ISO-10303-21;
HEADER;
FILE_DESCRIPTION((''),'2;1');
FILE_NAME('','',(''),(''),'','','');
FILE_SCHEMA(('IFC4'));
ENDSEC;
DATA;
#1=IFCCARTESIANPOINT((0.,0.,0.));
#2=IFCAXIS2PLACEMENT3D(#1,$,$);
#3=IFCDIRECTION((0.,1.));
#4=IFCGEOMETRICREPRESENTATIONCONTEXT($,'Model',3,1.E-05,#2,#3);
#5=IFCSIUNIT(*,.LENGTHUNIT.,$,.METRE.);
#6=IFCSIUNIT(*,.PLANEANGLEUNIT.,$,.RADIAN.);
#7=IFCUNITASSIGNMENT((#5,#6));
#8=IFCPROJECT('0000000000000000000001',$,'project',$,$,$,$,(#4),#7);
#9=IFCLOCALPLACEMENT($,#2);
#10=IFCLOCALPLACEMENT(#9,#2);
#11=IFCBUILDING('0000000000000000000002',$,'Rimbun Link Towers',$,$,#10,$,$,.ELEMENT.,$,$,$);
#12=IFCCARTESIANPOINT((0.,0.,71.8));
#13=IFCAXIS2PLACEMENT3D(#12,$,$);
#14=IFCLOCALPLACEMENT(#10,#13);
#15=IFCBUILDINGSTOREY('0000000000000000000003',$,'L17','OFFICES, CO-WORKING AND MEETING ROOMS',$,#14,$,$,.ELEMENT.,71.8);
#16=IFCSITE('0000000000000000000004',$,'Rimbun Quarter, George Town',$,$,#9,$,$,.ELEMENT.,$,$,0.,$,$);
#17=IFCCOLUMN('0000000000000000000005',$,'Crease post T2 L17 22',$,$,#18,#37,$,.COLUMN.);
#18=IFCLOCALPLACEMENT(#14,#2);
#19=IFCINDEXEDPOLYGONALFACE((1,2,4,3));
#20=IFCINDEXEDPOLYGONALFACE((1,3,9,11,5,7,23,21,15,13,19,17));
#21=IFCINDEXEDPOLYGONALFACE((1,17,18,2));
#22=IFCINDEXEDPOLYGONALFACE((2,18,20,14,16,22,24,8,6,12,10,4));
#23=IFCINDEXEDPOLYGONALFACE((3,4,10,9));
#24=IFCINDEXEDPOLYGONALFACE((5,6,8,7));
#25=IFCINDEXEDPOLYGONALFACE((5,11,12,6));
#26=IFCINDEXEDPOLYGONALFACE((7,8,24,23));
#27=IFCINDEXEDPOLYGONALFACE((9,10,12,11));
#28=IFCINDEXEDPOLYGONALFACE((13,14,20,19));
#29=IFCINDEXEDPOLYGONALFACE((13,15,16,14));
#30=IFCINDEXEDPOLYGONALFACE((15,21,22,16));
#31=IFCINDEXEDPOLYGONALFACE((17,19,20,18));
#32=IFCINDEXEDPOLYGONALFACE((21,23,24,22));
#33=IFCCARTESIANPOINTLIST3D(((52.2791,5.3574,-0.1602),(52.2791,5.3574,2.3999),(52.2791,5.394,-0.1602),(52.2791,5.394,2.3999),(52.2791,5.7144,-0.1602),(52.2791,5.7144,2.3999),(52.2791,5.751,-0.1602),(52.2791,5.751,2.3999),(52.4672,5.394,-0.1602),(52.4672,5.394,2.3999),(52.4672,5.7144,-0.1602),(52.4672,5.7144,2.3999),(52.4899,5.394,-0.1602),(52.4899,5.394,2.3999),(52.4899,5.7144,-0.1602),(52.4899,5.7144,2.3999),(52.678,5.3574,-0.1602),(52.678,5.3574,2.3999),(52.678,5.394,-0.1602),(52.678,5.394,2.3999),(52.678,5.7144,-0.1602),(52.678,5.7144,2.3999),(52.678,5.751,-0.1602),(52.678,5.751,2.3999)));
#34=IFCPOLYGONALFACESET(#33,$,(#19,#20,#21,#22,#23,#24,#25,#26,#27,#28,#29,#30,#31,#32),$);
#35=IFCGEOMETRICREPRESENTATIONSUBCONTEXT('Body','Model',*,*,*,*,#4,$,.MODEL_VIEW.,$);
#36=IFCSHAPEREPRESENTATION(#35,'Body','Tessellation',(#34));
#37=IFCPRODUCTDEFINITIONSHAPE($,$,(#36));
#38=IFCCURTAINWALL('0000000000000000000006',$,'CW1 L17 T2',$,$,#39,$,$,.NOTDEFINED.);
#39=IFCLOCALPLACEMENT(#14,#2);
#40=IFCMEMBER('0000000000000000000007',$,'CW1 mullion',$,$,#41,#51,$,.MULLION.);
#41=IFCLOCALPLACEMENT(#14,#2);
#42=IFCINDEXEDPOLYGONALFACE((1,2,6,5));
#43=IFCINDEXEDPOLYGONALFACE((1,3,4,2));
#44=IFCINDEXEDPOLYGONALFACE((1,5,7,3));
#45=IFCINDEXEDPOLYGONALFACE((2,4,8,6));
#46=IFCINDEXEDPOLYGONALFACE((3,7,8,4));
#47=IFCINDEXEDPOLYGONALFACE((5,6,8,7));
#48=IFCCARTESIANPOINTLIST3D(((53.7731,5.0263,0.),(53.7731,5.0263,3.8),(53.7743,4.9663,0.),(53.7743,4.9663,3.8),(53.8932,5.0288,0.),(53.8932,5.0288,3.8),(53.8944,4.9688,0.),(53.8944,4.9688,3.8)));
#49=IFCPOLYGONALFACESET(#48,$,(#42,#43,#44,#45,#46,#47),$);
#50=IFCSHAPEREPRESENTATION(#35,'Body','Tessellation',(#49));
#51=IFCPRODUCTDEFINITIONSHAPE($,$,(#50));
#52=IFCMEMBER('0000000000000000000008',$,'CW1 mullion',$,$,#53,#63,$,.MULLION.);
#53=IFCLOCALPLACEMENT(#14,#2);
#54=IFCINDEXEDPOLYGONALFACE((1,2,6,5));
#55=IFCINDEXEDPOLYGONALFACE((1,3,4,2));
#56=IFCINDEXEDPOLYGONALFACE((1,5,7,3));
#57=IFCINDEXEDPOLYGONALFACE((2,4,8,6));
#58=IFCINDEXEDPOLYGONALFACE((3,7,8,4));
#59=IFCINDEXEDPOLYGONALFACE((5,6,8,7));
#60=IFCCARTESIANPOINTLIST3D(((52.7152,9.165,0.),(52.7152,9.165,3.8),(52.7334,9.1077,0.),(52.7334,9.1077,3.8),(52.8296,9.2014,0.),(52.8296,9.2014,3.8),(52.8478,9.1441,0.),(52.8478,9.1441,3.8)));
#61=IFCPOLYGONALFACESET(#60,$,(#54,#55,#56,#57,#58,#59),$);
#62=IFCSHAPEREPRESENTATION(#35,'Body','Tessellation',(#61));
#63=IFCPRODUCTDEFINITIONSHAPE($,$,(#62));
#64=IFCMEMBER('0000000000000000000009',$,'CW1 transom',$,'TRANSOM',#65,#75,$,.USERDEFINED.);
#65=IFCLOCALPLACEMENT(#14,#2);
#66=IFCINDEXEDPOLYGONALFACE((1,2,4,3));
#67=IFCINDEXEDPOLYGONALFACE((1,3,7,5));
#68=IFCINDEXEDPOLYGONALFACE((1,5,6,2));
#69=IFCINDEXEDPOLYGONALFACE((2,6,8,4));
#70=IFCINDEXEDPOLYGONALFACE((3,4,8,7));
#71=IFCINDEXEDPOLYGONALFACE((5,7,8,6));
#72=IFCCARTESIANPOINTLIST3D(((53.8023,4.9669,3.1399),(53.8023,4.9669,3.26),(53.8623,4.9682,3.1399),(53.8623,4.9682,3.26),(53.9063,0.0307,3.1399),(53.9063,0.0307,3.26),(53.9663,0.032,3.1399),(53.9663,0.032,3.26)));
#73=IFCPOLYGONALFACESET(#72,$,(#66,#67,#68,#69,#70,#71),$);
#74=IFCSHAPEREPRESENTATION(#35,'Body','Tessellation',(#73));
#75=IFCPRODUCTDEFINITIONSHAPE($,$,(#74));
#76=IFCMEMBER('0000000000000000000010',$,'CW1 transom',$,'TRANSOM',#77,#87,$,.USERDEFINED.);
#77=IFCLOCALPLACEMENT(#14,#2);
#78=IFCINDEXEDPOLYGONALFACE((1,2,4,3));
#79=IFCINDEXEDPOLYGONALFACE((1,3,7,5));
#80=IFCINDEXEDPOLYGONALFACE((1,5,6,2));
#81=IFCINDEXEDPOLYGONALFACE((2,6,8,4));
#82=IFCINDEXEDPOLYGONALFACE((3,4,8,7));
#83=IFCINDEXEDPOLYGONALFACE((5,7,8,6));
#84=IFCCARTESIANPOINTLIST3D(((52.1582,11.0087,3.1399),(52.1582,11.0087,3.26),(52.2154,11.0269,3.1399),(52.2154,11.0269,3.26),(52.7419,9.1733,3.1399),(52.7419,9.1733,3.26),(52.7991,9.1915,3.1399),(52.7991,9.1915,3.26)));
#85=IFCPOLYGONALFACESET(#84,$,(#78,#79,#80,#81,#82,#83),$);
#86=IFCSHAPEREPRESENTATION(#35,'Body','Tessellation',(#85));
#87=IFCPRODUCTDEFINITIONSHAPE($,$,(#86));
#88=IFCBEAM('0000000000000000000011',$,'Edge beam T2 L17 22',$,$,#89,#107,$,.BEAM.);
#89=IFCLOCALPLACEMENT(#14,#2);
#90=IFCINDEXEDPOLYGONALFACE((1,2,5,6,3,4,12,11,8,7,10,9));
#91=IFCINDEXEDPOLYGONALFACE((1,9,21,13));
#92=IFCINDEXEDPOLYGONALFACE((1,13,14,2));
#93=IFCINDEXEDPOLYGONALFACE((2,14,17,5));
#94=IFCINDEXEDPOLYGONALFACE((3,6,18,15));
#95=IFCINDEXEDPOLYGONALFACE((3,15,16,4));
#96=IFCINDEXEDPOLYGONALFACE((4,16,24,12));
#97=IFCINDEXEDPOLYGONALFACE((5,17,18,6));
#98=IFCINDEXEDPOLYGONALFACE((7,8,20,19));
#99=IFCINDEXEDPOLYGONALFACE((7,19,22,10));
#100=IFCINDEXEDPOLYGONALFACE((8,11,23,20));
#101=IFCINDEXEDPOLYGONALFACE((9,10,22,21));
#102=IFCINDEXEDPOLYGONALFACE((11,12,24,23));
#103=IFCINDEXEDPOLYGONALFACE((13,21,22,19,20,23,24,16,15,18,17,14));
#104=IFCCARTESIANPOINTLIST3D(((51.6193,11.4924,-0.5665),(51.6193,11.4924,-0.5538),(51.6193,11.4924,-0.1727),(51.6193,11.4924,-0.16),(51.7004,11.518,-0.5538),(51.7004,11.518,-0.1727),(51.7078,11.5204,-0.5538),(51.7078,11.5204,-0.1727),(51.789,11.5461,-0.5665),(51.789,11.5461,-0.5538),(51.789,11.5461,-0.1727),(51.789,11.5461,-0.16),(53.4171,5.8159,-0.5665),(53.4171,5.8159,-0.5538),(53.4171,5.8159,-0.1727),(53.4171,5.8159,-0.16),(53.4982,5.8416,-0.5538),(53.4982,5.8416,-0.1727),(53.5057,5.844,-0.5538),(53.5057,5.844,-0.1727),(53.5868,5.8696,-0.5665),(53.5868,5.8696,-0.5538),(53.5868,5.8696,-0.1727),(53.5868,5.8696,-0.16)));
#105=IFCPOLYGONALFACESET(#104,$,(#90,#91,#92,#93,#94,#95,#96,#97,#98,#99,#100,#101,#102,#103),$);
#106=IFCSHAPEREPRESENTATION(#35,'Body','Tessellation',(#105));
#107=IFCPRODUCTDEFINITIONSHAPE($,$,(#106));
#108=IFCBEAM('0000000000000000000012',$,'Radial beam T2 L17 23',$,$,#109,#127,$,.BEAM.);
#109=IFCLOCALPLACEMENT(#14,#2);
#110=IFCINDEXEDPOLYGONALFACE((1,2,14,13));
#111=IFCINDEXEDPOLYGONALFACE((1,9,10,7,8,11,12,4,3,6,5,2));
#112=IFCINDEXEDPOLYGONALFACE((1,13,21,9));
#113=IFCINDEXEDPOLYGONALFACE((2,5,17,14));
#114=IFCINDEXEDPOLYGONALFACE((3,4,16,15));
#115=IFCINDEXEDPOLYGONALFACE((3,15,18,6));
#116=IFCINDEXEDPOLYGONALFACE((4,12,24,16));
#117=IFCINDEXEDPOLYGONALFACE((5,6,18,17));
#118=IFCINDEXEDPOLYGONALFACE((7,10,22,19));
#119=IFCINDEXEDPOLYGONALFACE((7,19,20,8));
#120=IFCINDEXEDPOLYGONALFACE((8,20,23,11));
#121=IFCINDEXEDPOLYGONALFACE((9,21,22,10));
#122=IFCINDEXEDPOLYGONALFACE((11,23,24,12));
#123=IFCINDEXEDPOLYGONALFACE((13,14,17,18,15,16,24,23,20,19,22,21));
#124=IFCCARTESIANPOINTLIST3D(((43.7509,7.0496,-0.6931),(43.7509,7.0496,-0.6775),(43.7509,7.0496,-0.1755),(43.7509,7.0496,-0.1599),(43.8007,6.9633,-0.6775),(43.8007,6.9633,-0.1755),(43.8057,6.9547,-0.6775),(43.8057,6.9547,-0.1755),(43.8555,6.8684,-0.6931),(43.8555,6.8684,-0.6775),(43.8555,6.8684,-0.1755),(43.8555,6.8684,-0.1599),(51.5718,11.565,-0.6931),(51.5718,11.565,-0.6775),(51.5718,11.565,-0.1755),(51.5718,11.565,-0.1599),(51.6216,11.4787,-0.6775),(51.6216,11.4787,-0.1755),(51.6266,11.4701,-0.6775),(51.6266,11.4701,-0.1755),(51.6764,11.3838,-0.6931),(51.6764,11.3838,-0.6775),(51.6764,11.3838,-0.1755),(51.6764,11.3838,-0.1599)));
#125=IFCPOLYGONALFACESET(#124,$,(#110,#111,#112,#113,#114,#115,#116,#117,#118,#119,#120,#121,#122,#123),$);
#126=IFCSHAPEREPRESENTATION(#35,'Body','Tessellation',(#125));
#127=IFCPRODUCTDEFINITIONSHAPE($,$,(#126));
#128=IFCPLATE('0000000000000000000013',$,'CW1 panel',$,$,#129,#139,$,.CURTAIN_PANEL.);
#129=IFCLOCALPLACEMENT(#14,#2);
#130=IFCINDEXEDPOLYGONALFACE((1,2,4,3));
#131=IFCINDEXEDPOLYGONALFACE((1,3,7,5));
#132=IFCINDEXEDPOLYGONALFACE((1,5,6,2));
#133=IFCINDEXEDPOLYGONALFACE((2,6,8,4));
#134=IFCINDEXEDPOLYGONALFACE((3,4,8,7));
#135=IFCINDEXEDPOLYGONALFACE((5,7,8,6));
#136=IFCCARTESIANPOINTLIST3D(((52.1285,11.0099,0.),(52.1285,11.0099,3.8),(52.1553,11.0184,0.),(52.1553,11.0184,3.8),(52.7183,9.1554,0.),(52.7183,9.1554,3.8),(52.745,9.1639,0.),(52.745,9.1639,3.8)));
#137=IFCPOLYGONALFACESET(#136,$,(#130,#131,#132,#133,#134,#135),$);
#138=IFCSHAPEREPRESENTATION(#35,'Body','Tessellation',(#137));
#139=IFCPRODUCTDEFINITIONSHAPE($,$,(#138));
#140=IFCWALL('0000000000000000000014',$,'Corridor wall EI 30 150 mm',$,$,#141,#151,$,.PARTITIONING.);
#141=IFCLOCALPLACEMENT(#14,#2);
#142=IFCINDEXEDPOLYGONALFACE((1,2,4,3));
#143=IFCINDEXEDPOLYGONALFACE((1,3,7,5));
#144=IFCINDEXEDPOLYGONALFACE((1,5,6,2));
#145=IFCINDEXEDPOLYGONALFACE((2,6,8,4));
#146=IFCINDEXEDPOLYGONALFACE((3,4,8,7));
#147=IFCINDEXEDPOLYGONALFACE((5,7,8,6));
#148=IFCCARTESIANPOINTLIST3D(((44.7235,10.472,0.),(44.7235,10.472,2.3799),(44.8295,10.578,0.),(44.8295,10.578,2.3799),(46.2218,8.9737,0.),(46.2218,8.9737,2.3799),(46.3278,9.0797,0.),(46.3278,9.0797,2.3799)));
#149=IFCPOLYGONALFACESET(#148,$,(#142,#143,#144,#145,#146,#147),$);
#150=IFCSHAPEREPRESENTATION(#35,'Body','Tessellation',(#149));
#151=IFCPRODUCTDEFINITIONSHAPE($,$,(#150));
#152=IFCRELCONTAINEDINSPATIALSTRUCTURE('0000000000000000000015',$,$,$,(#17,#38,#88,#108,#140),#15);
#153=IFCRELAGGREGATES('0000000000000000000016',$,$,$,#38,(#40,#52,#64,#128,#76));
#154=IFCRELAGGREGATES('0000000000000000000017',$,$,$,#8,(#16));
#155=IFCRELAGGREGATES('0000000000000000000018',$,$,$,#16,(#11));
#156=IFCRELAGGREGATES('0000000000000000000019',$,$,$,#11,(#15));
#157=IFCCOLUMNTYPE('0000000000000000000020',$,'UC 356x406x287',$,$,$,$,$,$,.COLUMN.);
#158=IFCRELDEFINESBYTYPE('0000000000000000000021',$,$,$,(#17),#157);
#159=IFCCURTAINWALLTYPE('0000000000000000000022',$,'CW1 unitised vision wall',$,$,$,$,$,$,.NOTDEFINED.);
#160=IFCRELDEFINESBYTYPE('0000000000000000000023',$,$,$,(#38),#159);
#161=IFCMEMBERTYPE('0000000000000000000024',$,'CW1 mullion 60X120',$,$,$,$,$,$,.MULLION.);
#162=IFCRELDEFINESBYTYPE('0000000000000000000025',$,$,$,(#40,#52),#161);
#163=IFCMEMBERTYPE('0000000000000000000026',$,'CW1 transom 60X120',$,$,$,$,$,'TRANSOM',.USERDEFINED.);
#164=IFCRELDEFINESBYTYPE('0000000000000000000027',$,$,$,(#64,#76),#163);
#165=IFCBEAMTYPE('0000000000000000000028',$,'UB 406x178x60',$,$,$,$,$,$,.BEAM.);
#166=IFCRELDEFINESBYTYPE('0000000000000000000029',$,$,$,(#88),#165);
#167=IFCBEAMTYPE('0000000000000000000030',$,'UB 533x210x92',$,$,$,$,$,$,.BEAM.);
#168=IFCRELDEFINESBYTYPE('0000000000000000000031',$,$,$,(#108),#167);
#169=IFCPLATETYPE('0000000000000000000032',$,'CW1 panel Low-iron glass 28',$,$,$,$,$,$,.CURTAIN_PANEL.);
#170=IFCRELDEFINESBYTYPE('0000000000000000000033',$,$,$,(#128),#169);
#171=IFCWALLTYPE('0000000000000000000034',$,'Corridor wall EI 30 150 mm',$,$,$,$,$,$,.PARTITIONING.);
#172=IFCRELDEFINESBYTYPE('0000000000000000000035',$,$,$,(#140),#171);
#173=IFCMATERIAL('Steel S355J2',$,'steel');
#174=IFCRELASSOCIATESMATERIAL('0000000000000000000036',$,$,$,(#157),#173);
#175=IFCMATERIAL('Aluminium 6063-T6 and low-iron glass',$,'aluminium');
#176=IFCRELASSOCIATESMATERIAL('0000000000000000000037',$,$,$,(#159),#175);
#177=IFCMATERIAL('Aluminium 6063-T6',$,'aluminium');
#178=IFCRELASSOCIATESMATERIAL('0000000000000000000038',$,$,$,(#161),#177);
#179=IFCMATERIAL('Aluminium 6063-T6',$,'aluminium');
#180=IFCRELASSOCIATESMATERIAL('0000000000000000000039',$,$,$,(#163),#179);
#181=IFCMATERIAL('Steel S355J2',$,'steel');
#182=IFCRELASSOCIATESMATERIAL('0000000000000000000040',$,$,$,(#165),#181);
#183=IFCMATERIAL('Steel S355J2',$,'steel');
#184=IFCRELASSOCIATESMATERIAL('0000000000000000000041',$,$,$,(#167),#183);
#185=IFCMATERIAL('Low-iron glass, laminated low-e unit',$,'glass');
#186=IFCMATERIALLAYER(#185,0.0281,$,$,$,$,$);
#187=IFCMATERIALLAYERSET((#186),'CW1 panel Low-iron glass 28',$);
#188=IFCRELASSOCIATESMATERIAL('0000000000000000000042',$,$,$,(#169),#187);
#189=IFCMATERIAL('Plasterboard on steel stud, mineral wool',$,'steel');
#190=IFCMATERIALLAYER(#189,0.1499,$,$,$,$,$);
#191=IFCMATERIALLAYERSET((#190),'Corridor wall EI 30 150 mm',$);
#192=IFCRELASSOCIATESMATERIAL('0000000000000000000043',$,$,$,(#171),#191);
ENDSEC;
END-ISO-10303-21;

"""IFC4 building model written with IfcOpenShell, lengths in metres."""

from ifc_helpers import new_model, si_unit, direction, frame, frame_2d, origin, origin_2d, place, context, subcontext, project, spatial, rectangle, i_section, extrude, material, layer, layer_set, material_profile, profile_set, type_object, element, aggregate, save


model = new_model("IFC4")

# Units and contexts
model_context = context("Model", 3, precision=1e-05, world=origin(), true_north=direction((0.0, 1.0)))
body_context = subcontext(model_context, "Body", "Model", "MODEL_VIEW")
ifc_project = project(units=[si_unit("LENGTHUNIT", "METRE"), si_unit("PLANEANGLEUNIT", "RADIAN")], contexts=[model_context])

# Site, building, storey
site_placement = place(None, origin())
site = spatial("IfcSite", under=ifc_project, at=site_placement, Name="Rimbun Quarter, George Town", CompositionType="ELEMENT", RefElevation=0.0)
building_placement = place(site_placement, origin())
building = spatial("IfcBuilding", under=site, at=building_placement, Name="Rimbun Link Towers", CompositionType="ELEMENT")
storey_placement = place(building_placement, frame((0.0, 0.0, 71.8)))
storey = spatial("IfcBuildingStorey", under=building, at=storey_placement, Name="L17", Description="OFFICES, CO-WORKING AND MEETING ROOMS", CompositionType="ELEMENT", Elevation=71.8)

# Column
ifc_material_1 = material(Name="Steel S355J2", Category="steel")
ifc_material_profile_1 = material_profile(ifc_material_1, i_section(OverallWidth=0.3989, OverallDepth=0.3936, WebThickness=0.0227, FlangeThickness=0.0366, at=origin_2d()), Name="UC 356x406x287")
ifc_profile_set_1 = profile_set([ifc_material_profile_1], Name="Steel S355J2")
column_type = type_object("IfcColumnType", Name="UC 356x406x287", PredefinedType="COLUMN", material=ifc_profile_set_1)
column_placement = place(storey_placement, frame((52.4785, 5.5542, -0.1602), z_axis=(0.0, 0.0, 1.0), x_axis=(1.0, 0.0, 0.0)))
element("IfcColumn", 1, at=column_placement, inside=storey, type_object=column_type, Name="Crease post T2 L17 22", PredefinedType="COLUMN", context=body_context, shape_type="SweptSolid", body=[
    extrude(i_section(OverallWidth=0.3989, OverallDepth=0.3936, WebThickness=0.0227, FlangeThickness=0.0366, at=origin_2d()), origin(), (0.0, 0.0, 1.0), 2.5601),
])

# Curtain wall, members
ifc_material_2 = material(Name="Aluminium 6063-T6 and low-iron glass", Category="aluminium")
curtain_wall_type = type_object("IfcCurtainWallType", Name="CW1 unitised vision wall", PredefinedType="NOTDEFINED", material=ifc_material_2)
curtain_wall_placement = place(storey_placement, origin())
curtain_wall = element("IfcCurtainWall", 2, at=curtain_wall_placement, inside=storey, type_object=curtain_wall_type, Name="CW1 L17 T2", PredefinedType="NOTDEFINED")
ifc_material_3 = material(Name="Aluminium 6063-T6", Category="aluminium")
ifc_material_profile_2 = material_profile(ifc_material_3, rectangle(XDim=0.1201, YDim=0.0601, at=origin_2d()), Name="MULLION 60X120")
ifc_profile_set_2 = profile_set([ifc_material_profile_2], Name="Aluminium 6063-T6")
member_type_1 = type_object("IfcMemberType", Name="CW1 mullion 60X120", PredefinedType="MULLION", material=ifc_profile_set_2)
member_1_placement = place(storey_placement, frame((53.8337, 4.9976, 0.0), z_axis=(0.0, 0.0, 1.0), x_axis=(0.999778, 0.02106, 0.0)))
member_1 = element("IfcMember", 3, at=member_1_placement, type_object=member_type_1, Name="CW1 mullion", PredefinedType="MULLION", context=body_context, shape_type="SweptSolid", body=[
    extrude(rectangle(XDim=0.1201, YDim=0.0601, at=origin_2d()), origin(), (0.0, 0.0, 1.0), 3.8),
])
member_2_placement = place(storey_placement, frame((52.7815, 9.1545, 0.0), z_axis=(0.0, 0.0, 1.0), x_axis=(0.95297, 0.303066, 0.0)))
member_2 = element("IfcMember", 4, at=member_2_placement, type_object=member_type_1, Name="CW1 mullion", PredefinedType="MULLION", context=body_context, shape_type="SweptSolid", body=[
    extrude(rectangle(XDim=0.1201, YDim=0.0601, at=origin_2d()), origin(), (0.0, 0.0, 1.0), 3.8),
])
ifc_material_4 = material(Name="Aluminium 6063-T6", Category="aluminium")
ifc_material_profile_3 = material_profile(ifc_material_4, rectangle(XDim=0.0601, YDim=0.1201, at=origin_2d()), Name="TRANSOM 60X120")
ifc_profile_set_3 = profile_set([ifc_material_profile_3], Name="Aluminium 6063-T6")
member_type_2 = type_object("IfcMemberType", Name="CW1 transom 60X120", ElementType="TRANSOM", PredefinedType="USERDEFINED", material=ifc_profile_set_3)
member_3_placement = place(storey_placement, frame((53.8323, 4.9675, 3.2), z_axis=(0.021065, -0.999778, 0.0), x_axis=(0.999778, 0.021065, 0.0)))
member_3 = element("IfcMember", 5, at=member_3_placement, type_object=member_type_2, Name="CW1 transom", ObjectType="TRANSOM", PredefinedType="USERDEFINED", context=body_context, shape_type="SweptSolid", body=[
    extrude(rectangle(XDim=0.0601, YDim=0.1201, at=origin_2d()), origin(), (0.0, 0.0, 1.0), 4.9373),
])
member_4_placement = place(storey_placement, frame((52.1868, 11.0178, 3.2), z_axis=(0.303078, -0.952966, 0.0), x_axis=(0.952966, 0.303078, 0.0)))
member_4 = element("IfcMember", 6, at=member_4_placement, type_object=member_type_2, Name="CW1 transom", ObjectType="TRANSOM", PredefinedType="USERDEFINED", context=body_context, shape_type="SweptSolid", body=[
    extrude(rectangle(XDim=0.0601, YDim=0.1201, at=origin_2d()), origin(), (0.0, 0.0, 1.0), 1.926),
])

# Beams
ifc_material_5 = material(Name="Steel S355J2", Category="steel")
ifc_material_profile_4 = material_profile(ifc_material_5, i_section(OverallWidth=0.178, OverallDepth=0.4065, WebThickness=0.0078, FlangeThickness=0.0127, at=origin_2d()), Name="UB 406x178x60")
ifc_profile_set_4 = profile_set([ifc_material_profile_4], Name="Steel S355J2")
beam_type_1 = type_object("IfcBeamType", Name="UB 406x178x60", PredefinedType="BEAM", material=ifc_profile_set_4)
beam_1_placement = place(storey_placement, frame((53.502, 5.8428, -0.3633), z_axis=(-0.301936, 0.953328, 0.0), x_axis=(-0.953328, -0.301936, 0.0)))
element("IfcBeam", 7, at=beam_1_placement, inside=storey, type_object=beam_type_1, Name="Edge beam T2 L17 22", PredefinedType="BEAM", context=body_context, shape_type="SweptSolid", body=[
    extrude(i_section(OverallWidth=0.178, OverallDepth=0.4065, WebThickness=0.0078, FlangeThickness=0.0127, at=origin_2d()), origin(), (0.0, 0.0, 1.0), 5.9543),
])
ifc_material_6 = material(Name="Steel S355J2", Category="steel")
ifc_material_profile_5 = material_profile(ifc_material_6, i_section(OverallWidth=0.2092, OverallDepth=0.5332, WebThickness=0.01, FlangeThickness=0.0156, at=origin_2d()), Name="UB 533x210x92")
ifc_profile_set_5 = profile_set([ifc_material_profile_5], Name="Steel S355J2")
beam_type_2 = type_object("IfcBeamType", Name="UB 533x210x92", PredefinedType="BEAM", material=ifc_profile_set_5)
beam_2_placement = place(storey_placement, frame((43.8032, 6.959, -0.4265), z_axis=(0.866024, 0.500003, 0.0), x_axis=(-0.500003, 0.866024, 0.0)))
element("IfcBeam", 8, at=beam_2_placement, inside=storey, type_object=beam_type_2, Name="Radial beam T2 L17 23", PredefinedType="BEAM", context=body_context, shape_type="SweptSolid", body=[
    extrude(i_section(OverallWidth=0.2092, OverallDepth=0.5332, WebThickness=0.01, FlangeThickness=0.0156, at=origin_2d()), origin(), (0.0, 0.0, 1.0), 9.0308),
])

# Plate
ifc_material_7 = material(Name="Low-iron glass, laminated low-e unit", Category="glass")
ifc_layer_1 = layer(ifc_material_7, 0.0281)
ifc_layer_set_1 = layer_set([ifc_layer_1], Name="CW1 panel Low-iron glass 28")
plate_type = type_object("IfcPlateType", Name="CW1 panel Low-iron glass 28", PredefinedType="CURTAIN_PANEL", material=ifc_layer_set_1)
plate_placement = place(storey_placement, frame((52.4368, 10.0869, 0.0), z_axis=(0.0, 0.0, 1.0), x_axis=(0.303066, -0.95297, 0.0)))
plate = element("IfcPlate", 9, at=plate_placement, type_object=plate_type, Name="CW1 panel", PredefinedType="CURTAIN_PANEL", context=body_context, shape_type="SweptSolid", body=[
    extrude(rectangle(XDim=1.946, YDim=0.0281, at=origin_2d()), origin(), (0.0, 0.0, 1.0), 3.8),
])
aggregate(curtain_wall, [member_1, member_2, member_3, plate, member_4])

# Wall
ifc_material_8 = material(Name="Plasterboard on steel stud, mineral wool", Category="steel")
ifc_layer_2 = layer(ifc_material_8, 0.1499)
ifc_layer_set_2 = layer_set([ifc_layer_2], Name="Corridor wall EI 30 150 mm")
wall_type_1 = type_object("IfcWallType", Name="Corridor wall EI 30 150 mm", PredefinedType="PARTITIONING", material=ifc_layer_set_2)
wall_1_placement = place(storey_placement, frame((46.2749, 9.0266, 0.0), z_axis=(0.0, 0.0, 1.0), x_axis=(-0.707107, 0.707107, 0.0)))
element("IfcWall", 10, at=wall_1_placement, inside=storey, type_object=wall_type_1, Name="Corridor wall EI 30 150 mm", PredefinedType="PARTITIONING", context=body_context, shape_type="SweptSolid", body=[
    extrude(rectangle(XDim=2.1189, YDim=0.1499, at=frame_2d((1.0596, 0.0))), origin(), (0.0, 0.0, 1.0), 2.3799),
])

save(model, "model.ifc")
